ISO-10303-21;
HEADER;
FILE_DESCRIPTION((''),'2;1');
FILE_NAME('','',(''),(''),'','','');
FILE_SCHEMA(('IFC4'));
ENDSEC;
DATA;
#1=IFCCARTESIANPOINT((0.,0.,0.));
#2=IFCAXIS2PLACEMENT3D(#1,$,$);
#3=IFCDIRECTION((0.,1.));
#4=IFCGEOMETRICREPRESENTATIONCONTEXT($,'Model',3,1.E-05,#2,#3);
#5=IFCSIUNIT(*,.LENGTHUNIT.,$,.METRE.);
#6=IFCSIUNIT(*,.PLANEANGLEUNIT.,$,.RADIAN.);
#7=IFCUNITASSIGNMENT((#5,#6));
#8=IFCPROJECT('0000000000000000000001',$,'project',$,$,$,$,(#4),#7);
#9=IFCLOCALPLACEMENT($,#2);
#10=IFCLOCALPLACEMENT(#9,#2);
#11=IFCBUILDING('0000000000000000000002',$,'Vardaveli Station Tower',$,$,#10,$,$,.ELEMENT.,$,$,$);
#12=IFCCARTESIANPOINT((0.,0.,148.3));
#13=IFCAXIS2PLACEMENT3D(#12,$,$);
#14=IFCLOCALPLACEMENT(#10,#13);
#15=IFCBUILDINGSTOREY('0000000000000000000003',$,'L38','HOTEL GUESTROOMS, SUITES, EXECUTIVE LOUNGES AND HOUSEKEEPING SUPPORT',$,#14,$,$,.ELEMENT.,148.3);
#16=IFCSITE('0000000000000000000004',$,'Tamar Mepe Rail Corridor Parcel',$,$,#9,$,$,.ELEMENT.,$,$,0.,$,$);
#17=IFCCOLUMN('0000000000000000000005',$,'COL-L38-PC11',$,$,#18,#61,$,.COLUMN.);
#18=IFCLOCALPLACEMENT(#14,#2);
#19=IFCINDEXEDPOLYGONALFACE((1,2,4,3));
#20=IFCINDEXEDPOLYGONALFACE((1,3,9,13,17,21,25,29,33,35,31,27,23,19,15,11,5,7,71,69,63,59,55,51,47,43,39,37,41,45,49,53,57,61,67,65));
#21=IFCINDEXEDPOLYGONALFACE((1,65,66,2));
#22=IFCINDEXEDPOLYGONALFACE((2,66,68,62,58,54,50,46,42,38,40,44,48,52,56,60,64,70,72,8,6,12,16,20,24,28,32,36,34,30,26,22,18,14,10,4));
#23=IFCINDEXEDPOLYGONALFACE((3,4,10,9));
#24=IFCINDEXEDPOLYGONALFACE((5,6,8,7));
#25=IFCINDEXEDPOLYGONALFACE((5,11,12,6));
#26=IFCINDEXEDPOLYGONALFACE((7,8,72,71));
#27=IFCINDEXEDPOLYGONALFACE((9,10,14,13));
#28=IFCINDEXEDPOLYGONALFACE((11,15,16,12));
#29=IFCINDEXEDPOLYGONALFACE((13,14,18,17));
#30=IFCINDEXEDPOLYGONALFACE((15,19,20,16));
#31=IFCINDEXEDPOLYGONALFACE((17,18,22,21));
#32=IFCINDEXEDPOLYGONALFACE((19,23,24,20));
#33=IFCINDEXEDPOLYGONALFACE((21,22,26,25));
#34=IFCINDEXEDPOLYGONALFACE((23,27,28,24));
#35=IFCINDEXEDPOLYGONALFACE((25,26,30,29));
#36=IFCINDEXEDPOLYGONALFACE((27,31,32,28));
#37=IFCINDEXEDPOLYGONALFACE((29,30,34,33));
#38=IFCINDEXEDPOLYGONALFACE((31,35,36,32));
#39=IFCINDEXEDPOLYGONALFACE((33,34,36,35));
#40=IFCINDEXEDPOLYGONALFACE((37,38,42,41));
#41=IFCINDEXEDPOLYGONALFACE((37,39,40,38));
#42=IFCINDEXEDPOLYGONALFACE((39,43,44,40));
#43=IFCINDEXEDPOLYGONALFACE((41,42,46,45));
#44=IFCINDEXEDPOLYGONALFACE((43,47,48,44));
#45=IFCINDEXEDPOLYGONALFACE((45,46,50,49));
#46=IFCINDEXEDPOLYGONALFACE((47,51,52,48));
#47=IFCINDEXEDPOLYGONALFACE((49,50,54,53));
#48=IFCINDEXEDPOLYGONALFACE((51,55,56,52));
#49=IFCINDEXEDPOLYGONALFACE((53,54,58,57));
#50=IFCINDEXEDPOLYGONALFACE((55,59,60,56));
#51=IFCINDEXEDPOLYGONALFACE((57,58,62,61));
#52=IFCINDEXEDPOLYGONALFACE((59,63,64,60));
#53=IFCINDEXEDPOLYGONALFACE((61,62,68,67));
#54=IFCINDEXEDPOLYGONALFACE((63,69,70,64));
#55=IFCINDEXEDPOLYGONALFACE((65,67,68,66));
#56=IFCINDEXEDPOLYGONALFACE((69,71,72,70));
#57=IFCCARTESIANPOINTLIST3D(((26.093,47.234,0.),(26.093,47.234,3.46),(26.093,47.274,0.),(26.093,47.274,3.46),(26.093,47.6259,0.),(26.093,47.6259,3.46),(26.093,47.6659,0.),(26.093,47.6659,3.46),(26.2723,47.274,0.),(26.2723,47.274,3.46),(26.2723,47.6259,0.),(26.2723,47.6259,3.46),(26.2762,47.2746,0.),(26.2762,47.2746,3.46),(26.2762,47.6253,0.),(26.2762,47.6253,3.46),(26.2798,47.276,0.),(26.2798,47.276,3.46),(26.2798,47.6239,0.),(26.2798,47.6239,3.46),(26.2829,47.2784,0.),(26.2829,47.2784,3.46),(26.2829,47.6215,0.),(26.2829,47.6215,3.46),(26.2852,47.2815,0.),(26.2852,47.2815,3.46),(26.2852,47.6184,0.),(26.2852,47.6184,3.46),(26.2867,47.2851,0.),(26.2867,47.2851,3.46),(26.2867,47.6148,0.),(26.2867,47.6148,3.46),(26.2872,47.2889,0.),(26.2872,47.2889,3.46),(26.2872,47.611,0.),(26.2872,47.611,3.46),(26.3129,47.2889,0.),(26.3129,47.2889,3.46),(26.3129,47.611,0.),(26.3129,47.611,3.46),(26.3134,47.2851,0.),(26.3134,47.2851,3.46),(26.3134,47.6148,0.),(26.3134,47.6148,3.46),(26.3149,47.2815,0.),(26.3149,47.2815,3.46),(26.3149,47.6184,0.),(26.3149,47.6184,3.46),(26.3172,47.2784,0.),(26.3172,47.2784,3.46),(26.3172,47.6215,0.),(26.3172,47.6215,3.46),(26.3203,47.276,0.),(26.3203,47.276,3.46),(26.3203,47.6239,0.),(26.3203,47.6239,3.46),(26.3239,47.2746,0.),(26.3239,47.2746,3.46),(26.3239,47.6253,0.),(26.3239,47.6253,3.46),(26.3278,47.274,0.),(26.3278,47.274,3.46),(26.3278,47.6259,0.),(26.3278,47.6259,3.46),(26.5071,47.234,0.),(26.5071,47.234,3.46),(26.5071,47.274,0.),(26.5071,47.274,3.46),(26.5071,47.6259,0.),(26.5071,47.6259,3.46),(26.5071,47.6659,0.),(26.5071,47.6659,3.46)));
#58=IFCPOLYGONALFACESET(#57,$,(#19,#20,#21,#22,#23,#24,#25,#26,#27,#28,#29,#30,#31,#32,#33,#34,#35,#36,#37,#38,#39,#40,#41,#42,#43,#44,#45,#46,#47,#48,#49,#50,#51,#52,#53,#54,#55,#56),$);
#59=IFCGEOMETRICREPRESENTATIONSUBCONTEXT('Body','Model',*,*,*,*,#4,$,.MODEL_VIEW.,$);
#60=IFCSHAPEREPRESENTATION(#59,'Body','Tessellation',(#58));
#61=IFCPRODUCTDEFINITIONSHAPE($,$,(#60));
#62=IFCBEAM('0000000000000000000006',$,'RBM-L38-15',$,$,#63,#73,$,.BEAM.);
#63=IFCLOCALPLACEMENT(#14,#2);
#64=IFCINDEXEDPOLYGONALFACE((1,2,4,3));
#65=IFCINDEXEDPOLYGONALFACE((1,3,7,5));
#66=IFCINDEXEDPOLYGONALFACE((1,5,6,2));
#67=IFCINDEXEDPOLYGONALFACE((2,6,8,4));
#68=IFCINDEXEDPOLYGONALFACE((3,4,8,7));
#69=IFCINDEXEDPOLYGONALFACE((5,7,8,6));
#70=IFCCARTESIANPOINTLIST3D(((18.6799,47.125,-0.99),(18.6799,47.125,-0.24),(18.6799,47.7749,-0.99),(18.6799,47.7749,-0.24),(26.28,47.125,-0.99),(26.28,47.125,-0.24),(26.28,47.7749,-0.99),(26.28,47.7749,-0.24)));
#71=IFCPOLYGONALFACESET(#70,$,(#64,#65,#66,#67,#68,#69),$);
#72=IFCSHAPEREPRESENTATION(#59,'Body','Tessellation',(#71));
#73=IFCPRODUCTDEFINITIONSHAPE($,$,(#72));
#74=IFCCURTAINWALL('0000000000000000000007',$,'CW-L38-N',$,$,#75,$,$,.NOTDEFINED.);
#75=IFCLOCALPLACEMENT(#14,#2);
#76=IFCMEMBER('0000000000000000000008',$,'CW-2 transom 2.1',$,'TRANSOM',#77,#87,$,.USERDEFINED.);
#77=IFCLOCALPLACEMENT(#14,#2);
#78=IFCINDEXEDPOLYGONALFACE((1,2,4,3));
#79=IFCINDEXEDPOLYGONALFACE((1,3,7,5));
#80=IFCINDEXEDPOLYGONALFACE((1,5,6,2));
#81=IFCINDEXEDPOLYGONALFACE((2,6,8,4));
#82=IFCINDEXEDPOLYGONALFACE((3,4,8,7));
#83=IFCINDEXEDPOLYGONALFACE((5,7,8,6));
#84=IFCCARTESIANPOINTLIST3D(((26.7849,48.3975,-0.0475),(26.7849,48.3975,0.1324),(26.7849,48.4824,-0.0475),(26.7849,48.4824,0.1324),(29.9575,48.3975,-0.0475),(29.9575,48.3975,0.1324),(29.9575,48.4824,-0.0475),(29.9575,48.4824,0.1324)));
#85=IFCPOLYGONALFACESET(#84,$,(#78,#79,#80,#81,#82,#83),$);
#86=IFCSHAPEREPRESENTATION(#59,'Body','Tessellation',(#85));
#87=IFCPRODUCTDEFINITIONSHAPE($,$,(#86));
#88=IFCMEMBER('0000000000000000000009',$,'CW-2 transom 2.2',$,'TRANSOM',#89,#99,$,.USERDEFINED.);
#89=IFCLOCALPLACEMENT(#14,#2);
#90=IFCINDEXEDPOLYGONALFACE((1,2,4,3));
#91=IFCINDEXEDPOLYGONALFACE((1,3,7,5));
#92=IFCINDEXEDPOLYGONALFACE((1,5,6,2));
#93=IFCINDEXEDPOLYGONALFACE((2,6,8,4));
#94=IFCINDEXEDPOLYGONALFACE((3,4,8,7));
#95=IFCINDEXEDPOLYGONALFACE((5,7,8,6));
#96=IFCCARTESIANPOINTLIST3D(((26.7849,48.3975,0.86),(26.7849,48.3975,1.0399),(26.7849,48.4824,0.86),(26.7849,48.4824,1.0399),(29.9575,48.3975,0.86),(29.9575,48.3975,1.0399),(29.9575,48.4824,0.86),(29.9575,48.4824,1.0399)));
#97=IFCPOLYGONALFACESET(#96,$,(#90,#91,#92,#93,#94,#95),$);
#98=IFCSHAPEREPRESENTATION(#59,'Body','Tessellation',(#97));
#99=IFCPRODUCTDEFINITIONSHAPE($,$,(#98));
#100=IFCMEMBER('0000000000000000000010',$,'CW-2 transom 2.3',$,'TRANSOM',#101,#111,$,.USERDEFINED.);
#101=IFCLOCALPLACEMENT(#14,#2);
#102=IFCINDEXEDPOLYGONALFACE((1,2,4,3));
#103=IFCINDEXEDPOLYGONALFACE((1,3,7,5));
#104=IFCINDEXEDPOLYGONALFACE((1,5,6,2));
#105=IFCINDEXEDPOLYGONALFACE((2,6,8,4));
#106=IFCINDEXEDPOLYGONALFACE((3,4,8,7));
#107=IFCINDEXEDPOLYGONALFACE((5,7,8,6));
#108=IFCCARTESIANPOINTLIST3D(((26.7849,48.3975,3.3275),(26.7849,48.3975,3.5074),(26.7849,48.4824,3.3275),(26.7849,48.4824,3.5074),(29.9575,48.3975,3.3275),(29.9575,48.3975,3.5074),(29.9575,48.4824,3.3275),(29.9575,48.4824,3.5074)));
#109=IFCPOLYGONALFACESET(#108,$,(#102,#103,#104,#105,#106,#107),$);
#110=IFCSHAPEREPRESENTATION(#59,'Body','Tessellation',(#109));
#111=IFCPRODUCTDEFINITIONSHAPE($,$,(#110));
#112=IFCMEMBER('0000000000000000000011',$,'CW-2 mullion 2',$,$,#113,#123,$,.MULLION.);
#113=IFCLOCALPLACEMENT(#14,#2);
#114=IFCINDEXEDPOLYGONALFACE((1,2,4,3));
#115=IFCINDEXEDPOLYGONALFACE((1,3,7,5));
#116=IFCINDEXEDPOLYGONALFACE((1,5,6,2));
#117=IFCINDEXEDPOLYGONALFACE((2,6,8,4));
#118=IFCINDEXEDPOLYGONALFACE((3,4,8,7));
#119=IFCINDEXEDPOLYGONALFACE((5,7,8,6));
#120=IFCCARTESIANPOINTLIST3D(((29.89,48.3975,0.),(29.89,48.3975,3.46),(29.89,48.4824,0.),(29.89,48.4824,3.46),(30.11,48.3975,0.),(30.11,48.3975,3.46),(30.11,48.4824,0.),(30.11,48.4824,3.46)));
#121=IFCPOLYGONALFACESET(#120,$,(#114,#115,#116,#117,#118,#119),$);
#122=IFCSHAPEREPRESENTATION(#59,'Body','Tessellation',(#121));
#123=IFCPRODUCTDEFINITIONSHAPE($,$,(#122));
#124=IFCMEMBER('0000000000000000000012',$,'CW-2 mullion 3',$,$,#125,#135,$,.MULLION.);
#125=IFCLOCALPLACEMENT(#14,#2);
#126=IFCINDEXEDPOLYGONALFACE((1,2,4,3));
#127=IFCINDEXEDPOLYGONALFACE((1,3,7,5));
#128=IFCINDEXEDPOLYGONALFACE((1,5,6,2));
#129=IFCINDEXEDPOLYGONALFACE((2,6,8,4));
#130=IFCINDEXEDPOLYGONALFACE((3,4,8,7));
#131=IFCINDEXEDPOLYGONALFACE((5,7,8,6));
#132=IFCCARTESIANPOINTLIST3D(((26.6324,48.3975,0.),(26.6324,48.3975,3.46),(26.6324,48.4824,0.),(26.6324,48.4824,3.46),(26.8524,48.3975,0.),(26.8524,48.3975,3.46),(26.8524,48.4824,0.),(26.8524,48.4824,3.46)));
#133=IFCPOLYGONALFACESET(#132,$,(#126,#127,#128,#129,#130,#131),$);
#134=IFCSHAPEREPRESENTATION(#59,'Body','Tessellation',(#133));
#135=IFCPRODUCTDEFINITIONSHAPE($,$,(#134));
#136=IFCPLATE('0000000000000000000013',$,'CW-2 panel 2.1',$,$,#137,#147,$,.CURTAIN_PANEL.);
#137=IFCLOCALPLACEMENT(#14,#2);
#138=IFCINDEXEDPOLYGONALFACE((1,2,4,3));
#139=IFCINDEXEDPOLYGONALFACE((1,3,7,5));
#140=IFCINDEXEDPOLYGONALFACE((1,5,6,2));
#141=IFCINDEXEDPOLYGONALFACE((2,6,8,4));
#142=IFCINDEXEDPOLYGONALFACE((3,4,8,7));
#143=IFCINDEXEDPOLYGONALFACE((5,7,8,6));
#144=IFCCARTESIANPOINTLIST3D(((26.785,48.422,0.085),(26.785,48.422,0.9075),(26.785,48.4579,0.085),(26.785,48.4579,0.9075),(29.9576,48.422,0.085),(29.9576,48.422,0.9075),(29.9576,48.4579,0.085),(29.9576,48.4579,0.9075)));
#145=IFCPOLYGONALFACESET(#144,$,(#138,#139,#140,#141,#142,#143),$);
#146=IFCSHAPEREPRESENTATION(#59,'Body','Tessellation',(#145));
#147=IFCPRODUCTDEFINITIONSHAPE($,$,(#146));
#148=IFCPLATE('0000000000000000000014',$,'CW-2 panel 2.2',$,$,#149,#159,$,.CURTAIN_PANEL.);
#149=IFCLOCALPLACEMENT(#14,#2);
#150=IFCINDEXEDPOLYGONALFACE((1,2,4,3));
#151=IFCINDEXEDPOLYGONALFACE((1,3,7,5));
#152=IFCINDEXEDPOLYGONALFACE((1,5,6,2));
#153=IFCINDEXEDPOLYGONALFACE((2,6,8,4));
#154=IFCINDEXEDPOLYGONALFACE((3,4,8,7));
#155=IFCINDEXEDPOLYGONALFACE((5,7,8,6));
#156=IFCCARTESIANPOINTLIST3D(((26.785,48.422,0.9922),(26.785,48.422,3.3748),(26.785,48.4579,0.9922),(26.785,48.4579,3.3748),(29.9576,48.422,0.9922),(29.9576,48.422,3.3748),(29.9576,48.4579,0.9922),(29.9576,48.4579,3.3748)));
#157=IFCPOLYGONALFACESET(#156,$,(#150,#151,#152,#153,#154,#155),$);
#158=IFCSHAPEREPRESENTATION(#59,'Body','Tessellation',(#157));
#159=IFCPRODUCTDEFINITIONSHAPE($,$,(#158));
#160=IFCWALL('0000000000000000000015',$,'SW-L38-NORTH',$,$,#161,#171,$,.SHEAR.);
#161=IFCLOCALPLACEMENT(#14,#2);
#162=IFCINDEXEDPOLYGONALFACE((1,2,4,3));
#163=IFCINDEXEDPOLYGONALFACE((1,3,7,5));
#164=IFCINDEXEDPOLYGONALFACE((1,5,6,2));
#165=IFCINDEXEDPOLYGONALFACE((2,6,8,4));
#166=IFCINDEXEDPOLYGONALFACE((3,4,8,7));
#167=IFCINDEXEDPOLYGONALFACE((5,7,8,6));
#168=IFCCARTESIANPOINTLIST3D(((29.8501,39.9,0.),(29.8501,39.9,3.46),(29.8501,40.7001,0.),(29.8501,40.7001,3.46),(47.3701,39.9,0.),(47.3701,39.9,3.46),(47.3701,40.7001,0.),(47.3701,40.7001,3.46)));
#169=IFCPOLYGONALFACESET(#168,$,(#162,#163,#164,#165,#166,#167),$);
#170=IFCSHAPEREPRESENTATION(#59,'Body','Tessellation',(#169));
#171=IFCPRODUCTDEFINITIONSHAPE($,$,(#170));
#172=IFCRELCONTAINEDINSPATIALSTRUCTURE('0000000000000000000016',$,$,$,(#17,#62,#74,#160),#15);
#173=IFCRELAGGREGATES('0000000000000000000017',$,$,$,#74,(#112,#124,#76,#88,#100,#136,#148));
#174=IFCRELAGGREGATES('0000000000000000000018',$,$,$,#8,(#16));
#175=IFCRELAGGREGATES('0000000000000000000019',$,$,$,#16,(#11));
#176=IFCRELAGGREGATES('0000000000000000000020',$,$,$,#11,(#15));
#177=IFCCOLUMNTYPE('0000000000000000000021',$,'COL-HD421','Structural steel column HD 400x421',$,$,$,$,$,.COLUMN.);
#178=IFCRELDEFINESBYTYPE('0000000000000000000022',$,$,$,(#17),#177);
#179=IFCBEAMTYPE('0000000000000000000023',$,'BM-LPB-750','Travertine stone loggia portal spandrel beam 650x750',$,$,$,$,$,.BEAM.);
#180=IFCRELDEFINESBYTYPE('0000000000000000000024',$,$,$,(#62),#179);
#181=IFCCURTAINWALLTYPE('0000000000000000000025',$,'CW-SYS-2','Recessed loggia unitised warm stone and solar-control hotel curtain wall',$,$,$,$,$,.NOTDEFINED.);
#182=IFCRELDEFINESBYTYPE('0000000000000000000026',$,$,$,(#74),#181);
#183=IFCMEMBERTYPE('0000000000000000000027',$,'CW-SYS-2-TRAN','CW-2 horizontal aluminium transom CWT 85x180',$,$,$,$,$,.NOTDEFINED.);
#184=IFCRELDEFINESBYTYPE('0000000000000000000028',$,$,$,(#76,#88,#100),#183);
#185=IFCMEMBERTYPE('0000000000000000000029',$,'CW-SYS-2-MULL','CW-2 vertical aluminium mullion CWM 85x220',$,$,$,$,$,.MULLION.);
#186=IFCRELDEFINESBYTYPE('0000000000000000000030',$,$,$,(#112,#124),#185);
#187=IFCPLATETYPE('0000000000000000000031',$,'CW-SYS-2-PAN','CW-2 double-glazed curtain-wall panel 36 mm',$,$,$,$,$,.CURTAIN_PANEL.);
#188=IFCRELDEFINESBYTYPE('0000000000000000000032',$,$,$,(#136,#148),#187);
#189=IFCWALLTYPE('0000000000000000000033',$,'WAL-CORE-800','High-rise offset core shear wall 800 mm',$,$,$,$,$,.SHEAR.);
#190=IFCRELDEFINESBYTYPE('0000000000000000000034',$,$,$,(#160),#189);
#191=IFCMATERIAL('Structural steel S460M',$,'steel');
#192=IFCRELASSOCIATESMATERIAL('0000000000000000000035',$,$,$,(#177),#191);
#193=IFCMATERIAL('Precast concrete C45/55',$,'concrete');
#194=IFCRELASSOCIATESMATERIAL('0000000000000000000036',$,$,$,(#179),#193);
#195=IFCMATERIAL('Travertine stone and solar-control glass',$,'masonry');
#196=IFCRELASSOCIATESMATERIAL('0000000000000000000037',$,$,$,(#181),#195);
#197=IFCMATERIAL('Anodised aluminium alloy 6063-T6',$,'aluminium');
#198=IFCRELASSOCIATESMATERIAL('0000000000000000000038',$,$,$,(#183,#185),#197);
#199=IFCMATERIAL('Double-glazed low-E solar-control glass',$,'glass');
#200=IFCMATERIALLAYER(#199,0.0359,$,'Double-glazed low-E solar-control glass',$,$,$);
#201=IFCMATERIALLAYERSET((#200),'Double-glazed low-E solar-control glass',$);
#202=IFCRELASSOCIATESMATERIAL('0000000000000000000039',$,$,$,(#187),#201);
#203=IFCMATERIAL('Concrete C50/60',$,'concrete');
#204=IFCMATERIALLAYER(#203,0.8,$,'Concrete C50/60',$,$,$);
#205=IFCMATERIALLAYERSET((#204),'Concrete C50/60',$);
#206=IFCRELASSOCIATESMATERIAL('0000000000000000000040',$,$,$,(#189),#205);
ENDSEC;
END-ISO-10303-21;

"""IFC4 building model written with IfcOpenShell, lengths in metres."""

from ifc_helpers import new_model, si_unit, direction, frame, frame_2d, origin, origin_2d, place, context, subcontext, project, spatial, rectangle, i_section, extrude, source, transform, mapped, material, layer, layer_set, material_profile, profile_set, type_object, element, aggregate, save


model = new_model("IFC4")

# Units and contexts
model_context = context("Model", 3, precision=1e-05, world=origin(), true_north=direction((0.0, 1.0)))
body_context = subcontext(model_context, "Body", "Model", "MODEL_VIEW")
ifc_project = project(units=[si_unit("LENGTHUNIT", "METRE"), si_unit("PLANEANGLEUNIT", "RADIAN")], contexts=[model_context])

# Site, building, storey
site_placement = place(None, origin())
site = spatial("IfcSite", under=ifc_project, at=site_placement, Name="Tamar Mepe Rail Corridor Parcel", CompositionType="ELEMENT", RefElevation=0.0)
building_placement = place(site_placement, origin())
building = spatial("IfcBuilding", under=site, at=building_placement, Name="Vardaveli Station Tower", CompositionType="ELEMENT")
storey_placement = place(building_placement, frame((0.0, 0.0, 148.3)))
storey = spatial("IfcBuildingStorey", under=building, at=storey_placement, Name="L38", Description="HOTEL GUESTROOMS, SUITES, EXECUTIVE LOUNGES AND HOUSEKEEPING SUPPORT", CompositionType="ELEMENT", Elevation=148.3)

# Column
ifc_material_1 = material(Name="Structural steel S460M", Category="steel")
ifc_material_profile_1 = material_profile(ifc_material_1, i_section(OverallWidth=0.4141, OverallDepth=0.4319, WebThickness=0.0256, FlangeThickness=0.04, FilletRadius=0.0149, at=origin_2d()), Name="HD 400x421")
ifc_profile_set_1 = profile_set([ifc_material_profile_1], Name="Structural steel S460M")
column_type = type_object("IfcColumnType", Name="COL-HD421", Description="Structural steel column HD 400x421", PredefinedType="COLUMN", material=ifc_profile_set_1)
shared_shape_1 = source(origin(), body_context, "Body", "SweptSolid", [
    extrude(i_section(OverallWidth=0.4141, OverallDepth=0.4319, WebThickness=0.0256, FlangeThickness=0.04, FilletRadius=0.0149, at=origin_2d()), origin(), (0.0, 0.0, 1.0), 3.46),
])
column_placement = place(storey_placement, frame((26.3, 47.45, 0.0), z_axis=(0.0, 0.0, 1.0), x_axis=(1.0, 0.0, 0.0)))
element("IfcColumn", 1, at=column_placement, inside=storey, type_object=column_type, Name="COL-L38-PC11", PredefinedType="COLUMN", context=body_context, shape_type="MappedRepresentation", body=[
    mapped(shared_shape_1, transform((0.0, 0.0, 0.0), scale=1.0)),
])

# Beam
ifc_material_2 = material(Name="Precast concrete C45/55", Category="concrete")
ifc_material_profile_2 = material_profile(ifc_material_2, rectangle(XDim=0.6499, YDim=0.75, at=origin_2d()), Name="LPB 650x750")
ifc_profile_set_2 = profile_set([ifc_material_profile_2], Name="Precast concrete C45/55")
beam_type = type_object("IfcBeamType", Name="BM-LPB-750", Description="Travertine stone loggia portal spandrel beam 650x750", PredefinedType="BEAM", material=ifc_profile_set_2)
shared_shape_2 = source(origin(), body_context, "Body", "SweptSolid", [
    extrude(rectangle(XDim=0.6499, YDim=0.75, at=origin_2d()), origin(), (0.0, 0.0, 1.0), 7.6001),
])
beam_placement = place(storey_placement, frame((26.28, 47.45, -0.615), z_axis=(-1.0, 0.0, 0.0), x_axis=(0.0, -1.0, 0.0)))
element("IfcBeam", 2, at=beam_placement, inside=storey, type_object=beam_type, Name="RBM-L38-15", PredefinedType="BEAM", context=body_context, shape_type="MappedRepresentation", body=[
    mapped(shared_shape_2, transform((0.0, 0.0, 0.0), scale=1.0)),
])

# Curtain wall, members, plates
ifc_material_3 = material(Name="Travertine stone and solar-control glass", Category="masonry")
curtain_wall_type = type_object("IfcCurtainWallType", Name="CW-SYS-2", Description="Recessed loggia unitised warm stone and solar-control hotel curtain wall", PredefinedType="NOTDEFINED", material=ifc_material_3)
curtain_wall_placement = place(storey_placement, origin())
curtain_wall = element("IfcCurtainWall", 3, at=curtain_wall_placement, inside=storey, type_object=curtain_wall_type, Name="CW-L38-N", PredefinedType="NOTDEFINED")
ifc_material_4 = material(Name="Anodised aluminium alloy 6063-T6", Category="aluminium")
ifc_material_profile_3 = material_profile(ifc_material_4, rectangle(XDim=0.085, YDim=0.1799, at=origin_2d()), Name="CWT 85x180")
ifc_profile_set_3 = profile_set([ifc_material_profile_3], Name="Anodised aluminium alloy 6063-T6")
member_type_1 = type_object("IfcMemberType", Name="CW-SYS-2-TRAN", Description="CW-2 horizontal aluminium transom CWT 85x180", PredefinedType="NOTDEFINED", material=ifc_profile_set_3)
shared_shape_3 = source(origin(), body_context, "Body", "SweptSolid", [
    extrude(rectangle(XDim=0.085, YDim=0.1799, at=origin_2d()), origin(), (0.0, 0.0, 1.0), 3.1726),
])
member_1_placement = place(storey_placement, frame((29.9575, 48.4399, 0.0425), z_axis=(-1.0, 0.0, 0.0), x_axis=(0.0, -1.0, 0.0)))
member_1 = element("IfcMember", 4, at=member_1_placement, type_object=member_type_1, Name="CW-2 transom 2.1", ObjectType="TRANSOM", PredefinedType="USERDEFINED", context=body_context, shape_type="MappedRepresentation", body=[
    mapped(shared_shape_3, transform((0.0, 0.0, 0.0), scale=1.0)),
])
member_2_placement = place(storey_placement, frame((29.9575, 48.4399, 0.95), z_axis=(-1.0, 0.0, 0.0), x_axis=(0.0, -1.0, 0.0)))
member_2 = element("IfcMember", 5, at=member_2_placement, type_object=member_type_1, Name="CW-2 transom 2.2", ObjectType="TRANSOM", PredefinedType="USERDEFINED", context=body_context, shape_type="MappedRepresentation", body=[
    mapped(shared_shape_3, transform((0.0, 0.0, 0.0), scale=1.0)),
])
member_3_placement = place(storey_placement, frame((29.9575, 48.4399, 3.4175), z_axis=(-1.0, 0.0, 0.0), x_axis=(0.0, -1.0, 0.0)))
member_3 = element("IfcMember", 6, at=member_3_placement, type_object=member_type_1, Name="CW-2 transom 2.3", ObjectType="TRANSOM", PredefinedType="USERDEFINED", context=body_context, shape_type="MappedRepresentation", body=[
    mapped(shared_shape_3, transform((0.0, 0.0, 0.0), scale=1.0)),
])
ifc_material_profile_4 = material_profile(ifc_material_4, rectangle(XDim=0.085, YDim=0.22, at=origin_2d()), Name="CWM 85x220")
ifc_profile_set_4 = profile_set([ifc_material_profile_4], Name="Anodised aluminium alloy 6063-T6")
member_type_2 = type_object("IfcMemberType", Name="CW-SYS-2-MULL", Description="CW-2 vertical aluminium mullion CWM 85x220", PredefinedType="MULLION", material=ifc_profile_set_4)
shared_shape_4 = source(origin(), body_context, "Body", "SweptSolid", [
    extrude(rectangle(XDim=0.085, YDim=0.22, at=origin_2d()), origin(), (0.0, 0.0, 1.0), 3.46),
])
member_4_placement = place(storey_placement, frame((30.0, 48.4399, 0.0), z_axis=(0.0, 0.0, 1.0), x_axis=(0.0, -1.0, 0.0)))
member_4 = element("IfcMember", 7, at=member_4_placement, type_object=member_type_2, Name="CW-2 mullion 2", PredefinedType="MULLION", context=body_context, shape_type="MappedRepresentation", body=[
    mapped(shared_shape_4, transform((0.0, 0.0, 0.0), scale=1.0)),
])
member_5_placement = place(storey_placement, frame((26.7424, 48.4399, 0.0), z_axis=(0.0, 0.0, 1.0), x_axis=(0.0, -1.0, 0.0)))
member_5 = element("IfcMember", 8, at=member_5_placement, type_object=member_type_2, Name="CW-2 mullion 3", PredefinedType="MULLION", context=body_context, shape_type="MappedRepresentation", body=[
    mapped(shared_shape_4, transform((0.0, 0.0, 0.0), scale=1.0)),
])
ifc_material_5 = material(Name="Double-glazed low-E solar-control glass", Category="glass")
ifc_layer_1 = layer(ifc_material_5, 0.0359, Name="Double-glazed low-E solar-control glass")
ifc_layer_set_1 = layer_set([ifc_layer_1], Name="Double-glazed low-E solar-control glass")
plate_type = type_object("IfcPlateType", Name="CW-SYS-2-PAN", Description="CW-2 double-glazed curtain-wall panel 36 mm", PredefinedType="CURTAIN_PANEL", material=ifc_layer_set_1)
shared_shape_5 = source(origin(), body_context, "Body", "SweptSolid", [
    extrude(rectangle(XDim=3.1726, YDim=0.0359, at=origin_2d()), origin(), (0.0, 0.0, 1.0), 0.8225),
])
plate_1_placement = place(storey_placement, frame((28.3713, 48.4399, 0.085), z_axis=(0.0, 0.0, 1.0), x_axis=(-1.0, 0.0, 0.0)))
plate_1 = element("IfcPlate", 9, at=plate_1_placement, type_object=plate_type, Name="CW-2 panel 2.1", PredefinedType="CURTAIN_PANEL", context=body_context, shape_type="MappedRepresentation", body=[
    mapped(shared_shape_5, transform((0.0, 0.0, 0.0), scale=1.0)),
])
shared_shape_6 = source(origin(), body_context, "Body", "SweptSolid", [
    extrude(rectangle(XDim=3.1726, YDim=0.0359, at=origin_2d()), origin(), (0.0, 0.0, 1.0), 2.3826),
])
plate_2_placement = place(storey_placement, frame((28.3713, 48.4399, 0.9922), z_axis=(0.0, 0.0, 1.0), x_axis=(-1.0, 0.0, 0.0)))
plate_2 = element("IfcPlate", 10, at=plate_2_placement, type_object=plate_type, Name="CW-2 panel 2.2", PredefinedType="CURTAIN_PANEL", context=body_context, shape_type="MappedRepresentation", body=[
    mapped(shared_shape_6, transform((0.0, 0.0, 0.0), scale=1.0)),
])
aggregate(curtain_wall, [member_4, member_5, member_1, member_2, member_3, plate_1, plate_2])

# Wall
ifc_material_6 = material(Name="Concrete C50/60", Category="concrete")
ifc_layer_2 = layer(ifc_material_6, 0.8, Name="Concrete C50/60")
ifc_layer_set_2 = layer_set([ifc_layer_2], Name="Concrete C50/60")
wall_type_1 = type_object("IfcWallType", Name="WAL-CORE-800", Description="High-rise offset core shear wall 800 mm", PredefinedType="SHEAR", material=ifc_layer_set_2)
shared_shape_7 = source(origin(), body_context, "Body", "SweptSolid", [
    extrude(rectangle(XDim=17.52, YDim=0.8, at=frame_2d((8.76, 0.0))), origin(), (0.0, 0.0, 1.0), 3.46),
])
wall_1_placement = place(storey_placement, frame((29.8501, 40.3, 0.0), z_axis=(0.0, 0.0, 1.0), x_axis=(1.0, 0.0, 0.0)))
element("IfcWall", 11, at=wall_1_placement, inside=storey, type_object=wall_type_1, Name="SW-L38-NORTH", PredefinedType="SHEAR", context=body_context, shape_type="MappedRepresentation", body=[
    mapped(shared_shape_7, transform((0.0, 0.0, 0.0), scale=1.0)),
])

save(model, "model.ifc")
